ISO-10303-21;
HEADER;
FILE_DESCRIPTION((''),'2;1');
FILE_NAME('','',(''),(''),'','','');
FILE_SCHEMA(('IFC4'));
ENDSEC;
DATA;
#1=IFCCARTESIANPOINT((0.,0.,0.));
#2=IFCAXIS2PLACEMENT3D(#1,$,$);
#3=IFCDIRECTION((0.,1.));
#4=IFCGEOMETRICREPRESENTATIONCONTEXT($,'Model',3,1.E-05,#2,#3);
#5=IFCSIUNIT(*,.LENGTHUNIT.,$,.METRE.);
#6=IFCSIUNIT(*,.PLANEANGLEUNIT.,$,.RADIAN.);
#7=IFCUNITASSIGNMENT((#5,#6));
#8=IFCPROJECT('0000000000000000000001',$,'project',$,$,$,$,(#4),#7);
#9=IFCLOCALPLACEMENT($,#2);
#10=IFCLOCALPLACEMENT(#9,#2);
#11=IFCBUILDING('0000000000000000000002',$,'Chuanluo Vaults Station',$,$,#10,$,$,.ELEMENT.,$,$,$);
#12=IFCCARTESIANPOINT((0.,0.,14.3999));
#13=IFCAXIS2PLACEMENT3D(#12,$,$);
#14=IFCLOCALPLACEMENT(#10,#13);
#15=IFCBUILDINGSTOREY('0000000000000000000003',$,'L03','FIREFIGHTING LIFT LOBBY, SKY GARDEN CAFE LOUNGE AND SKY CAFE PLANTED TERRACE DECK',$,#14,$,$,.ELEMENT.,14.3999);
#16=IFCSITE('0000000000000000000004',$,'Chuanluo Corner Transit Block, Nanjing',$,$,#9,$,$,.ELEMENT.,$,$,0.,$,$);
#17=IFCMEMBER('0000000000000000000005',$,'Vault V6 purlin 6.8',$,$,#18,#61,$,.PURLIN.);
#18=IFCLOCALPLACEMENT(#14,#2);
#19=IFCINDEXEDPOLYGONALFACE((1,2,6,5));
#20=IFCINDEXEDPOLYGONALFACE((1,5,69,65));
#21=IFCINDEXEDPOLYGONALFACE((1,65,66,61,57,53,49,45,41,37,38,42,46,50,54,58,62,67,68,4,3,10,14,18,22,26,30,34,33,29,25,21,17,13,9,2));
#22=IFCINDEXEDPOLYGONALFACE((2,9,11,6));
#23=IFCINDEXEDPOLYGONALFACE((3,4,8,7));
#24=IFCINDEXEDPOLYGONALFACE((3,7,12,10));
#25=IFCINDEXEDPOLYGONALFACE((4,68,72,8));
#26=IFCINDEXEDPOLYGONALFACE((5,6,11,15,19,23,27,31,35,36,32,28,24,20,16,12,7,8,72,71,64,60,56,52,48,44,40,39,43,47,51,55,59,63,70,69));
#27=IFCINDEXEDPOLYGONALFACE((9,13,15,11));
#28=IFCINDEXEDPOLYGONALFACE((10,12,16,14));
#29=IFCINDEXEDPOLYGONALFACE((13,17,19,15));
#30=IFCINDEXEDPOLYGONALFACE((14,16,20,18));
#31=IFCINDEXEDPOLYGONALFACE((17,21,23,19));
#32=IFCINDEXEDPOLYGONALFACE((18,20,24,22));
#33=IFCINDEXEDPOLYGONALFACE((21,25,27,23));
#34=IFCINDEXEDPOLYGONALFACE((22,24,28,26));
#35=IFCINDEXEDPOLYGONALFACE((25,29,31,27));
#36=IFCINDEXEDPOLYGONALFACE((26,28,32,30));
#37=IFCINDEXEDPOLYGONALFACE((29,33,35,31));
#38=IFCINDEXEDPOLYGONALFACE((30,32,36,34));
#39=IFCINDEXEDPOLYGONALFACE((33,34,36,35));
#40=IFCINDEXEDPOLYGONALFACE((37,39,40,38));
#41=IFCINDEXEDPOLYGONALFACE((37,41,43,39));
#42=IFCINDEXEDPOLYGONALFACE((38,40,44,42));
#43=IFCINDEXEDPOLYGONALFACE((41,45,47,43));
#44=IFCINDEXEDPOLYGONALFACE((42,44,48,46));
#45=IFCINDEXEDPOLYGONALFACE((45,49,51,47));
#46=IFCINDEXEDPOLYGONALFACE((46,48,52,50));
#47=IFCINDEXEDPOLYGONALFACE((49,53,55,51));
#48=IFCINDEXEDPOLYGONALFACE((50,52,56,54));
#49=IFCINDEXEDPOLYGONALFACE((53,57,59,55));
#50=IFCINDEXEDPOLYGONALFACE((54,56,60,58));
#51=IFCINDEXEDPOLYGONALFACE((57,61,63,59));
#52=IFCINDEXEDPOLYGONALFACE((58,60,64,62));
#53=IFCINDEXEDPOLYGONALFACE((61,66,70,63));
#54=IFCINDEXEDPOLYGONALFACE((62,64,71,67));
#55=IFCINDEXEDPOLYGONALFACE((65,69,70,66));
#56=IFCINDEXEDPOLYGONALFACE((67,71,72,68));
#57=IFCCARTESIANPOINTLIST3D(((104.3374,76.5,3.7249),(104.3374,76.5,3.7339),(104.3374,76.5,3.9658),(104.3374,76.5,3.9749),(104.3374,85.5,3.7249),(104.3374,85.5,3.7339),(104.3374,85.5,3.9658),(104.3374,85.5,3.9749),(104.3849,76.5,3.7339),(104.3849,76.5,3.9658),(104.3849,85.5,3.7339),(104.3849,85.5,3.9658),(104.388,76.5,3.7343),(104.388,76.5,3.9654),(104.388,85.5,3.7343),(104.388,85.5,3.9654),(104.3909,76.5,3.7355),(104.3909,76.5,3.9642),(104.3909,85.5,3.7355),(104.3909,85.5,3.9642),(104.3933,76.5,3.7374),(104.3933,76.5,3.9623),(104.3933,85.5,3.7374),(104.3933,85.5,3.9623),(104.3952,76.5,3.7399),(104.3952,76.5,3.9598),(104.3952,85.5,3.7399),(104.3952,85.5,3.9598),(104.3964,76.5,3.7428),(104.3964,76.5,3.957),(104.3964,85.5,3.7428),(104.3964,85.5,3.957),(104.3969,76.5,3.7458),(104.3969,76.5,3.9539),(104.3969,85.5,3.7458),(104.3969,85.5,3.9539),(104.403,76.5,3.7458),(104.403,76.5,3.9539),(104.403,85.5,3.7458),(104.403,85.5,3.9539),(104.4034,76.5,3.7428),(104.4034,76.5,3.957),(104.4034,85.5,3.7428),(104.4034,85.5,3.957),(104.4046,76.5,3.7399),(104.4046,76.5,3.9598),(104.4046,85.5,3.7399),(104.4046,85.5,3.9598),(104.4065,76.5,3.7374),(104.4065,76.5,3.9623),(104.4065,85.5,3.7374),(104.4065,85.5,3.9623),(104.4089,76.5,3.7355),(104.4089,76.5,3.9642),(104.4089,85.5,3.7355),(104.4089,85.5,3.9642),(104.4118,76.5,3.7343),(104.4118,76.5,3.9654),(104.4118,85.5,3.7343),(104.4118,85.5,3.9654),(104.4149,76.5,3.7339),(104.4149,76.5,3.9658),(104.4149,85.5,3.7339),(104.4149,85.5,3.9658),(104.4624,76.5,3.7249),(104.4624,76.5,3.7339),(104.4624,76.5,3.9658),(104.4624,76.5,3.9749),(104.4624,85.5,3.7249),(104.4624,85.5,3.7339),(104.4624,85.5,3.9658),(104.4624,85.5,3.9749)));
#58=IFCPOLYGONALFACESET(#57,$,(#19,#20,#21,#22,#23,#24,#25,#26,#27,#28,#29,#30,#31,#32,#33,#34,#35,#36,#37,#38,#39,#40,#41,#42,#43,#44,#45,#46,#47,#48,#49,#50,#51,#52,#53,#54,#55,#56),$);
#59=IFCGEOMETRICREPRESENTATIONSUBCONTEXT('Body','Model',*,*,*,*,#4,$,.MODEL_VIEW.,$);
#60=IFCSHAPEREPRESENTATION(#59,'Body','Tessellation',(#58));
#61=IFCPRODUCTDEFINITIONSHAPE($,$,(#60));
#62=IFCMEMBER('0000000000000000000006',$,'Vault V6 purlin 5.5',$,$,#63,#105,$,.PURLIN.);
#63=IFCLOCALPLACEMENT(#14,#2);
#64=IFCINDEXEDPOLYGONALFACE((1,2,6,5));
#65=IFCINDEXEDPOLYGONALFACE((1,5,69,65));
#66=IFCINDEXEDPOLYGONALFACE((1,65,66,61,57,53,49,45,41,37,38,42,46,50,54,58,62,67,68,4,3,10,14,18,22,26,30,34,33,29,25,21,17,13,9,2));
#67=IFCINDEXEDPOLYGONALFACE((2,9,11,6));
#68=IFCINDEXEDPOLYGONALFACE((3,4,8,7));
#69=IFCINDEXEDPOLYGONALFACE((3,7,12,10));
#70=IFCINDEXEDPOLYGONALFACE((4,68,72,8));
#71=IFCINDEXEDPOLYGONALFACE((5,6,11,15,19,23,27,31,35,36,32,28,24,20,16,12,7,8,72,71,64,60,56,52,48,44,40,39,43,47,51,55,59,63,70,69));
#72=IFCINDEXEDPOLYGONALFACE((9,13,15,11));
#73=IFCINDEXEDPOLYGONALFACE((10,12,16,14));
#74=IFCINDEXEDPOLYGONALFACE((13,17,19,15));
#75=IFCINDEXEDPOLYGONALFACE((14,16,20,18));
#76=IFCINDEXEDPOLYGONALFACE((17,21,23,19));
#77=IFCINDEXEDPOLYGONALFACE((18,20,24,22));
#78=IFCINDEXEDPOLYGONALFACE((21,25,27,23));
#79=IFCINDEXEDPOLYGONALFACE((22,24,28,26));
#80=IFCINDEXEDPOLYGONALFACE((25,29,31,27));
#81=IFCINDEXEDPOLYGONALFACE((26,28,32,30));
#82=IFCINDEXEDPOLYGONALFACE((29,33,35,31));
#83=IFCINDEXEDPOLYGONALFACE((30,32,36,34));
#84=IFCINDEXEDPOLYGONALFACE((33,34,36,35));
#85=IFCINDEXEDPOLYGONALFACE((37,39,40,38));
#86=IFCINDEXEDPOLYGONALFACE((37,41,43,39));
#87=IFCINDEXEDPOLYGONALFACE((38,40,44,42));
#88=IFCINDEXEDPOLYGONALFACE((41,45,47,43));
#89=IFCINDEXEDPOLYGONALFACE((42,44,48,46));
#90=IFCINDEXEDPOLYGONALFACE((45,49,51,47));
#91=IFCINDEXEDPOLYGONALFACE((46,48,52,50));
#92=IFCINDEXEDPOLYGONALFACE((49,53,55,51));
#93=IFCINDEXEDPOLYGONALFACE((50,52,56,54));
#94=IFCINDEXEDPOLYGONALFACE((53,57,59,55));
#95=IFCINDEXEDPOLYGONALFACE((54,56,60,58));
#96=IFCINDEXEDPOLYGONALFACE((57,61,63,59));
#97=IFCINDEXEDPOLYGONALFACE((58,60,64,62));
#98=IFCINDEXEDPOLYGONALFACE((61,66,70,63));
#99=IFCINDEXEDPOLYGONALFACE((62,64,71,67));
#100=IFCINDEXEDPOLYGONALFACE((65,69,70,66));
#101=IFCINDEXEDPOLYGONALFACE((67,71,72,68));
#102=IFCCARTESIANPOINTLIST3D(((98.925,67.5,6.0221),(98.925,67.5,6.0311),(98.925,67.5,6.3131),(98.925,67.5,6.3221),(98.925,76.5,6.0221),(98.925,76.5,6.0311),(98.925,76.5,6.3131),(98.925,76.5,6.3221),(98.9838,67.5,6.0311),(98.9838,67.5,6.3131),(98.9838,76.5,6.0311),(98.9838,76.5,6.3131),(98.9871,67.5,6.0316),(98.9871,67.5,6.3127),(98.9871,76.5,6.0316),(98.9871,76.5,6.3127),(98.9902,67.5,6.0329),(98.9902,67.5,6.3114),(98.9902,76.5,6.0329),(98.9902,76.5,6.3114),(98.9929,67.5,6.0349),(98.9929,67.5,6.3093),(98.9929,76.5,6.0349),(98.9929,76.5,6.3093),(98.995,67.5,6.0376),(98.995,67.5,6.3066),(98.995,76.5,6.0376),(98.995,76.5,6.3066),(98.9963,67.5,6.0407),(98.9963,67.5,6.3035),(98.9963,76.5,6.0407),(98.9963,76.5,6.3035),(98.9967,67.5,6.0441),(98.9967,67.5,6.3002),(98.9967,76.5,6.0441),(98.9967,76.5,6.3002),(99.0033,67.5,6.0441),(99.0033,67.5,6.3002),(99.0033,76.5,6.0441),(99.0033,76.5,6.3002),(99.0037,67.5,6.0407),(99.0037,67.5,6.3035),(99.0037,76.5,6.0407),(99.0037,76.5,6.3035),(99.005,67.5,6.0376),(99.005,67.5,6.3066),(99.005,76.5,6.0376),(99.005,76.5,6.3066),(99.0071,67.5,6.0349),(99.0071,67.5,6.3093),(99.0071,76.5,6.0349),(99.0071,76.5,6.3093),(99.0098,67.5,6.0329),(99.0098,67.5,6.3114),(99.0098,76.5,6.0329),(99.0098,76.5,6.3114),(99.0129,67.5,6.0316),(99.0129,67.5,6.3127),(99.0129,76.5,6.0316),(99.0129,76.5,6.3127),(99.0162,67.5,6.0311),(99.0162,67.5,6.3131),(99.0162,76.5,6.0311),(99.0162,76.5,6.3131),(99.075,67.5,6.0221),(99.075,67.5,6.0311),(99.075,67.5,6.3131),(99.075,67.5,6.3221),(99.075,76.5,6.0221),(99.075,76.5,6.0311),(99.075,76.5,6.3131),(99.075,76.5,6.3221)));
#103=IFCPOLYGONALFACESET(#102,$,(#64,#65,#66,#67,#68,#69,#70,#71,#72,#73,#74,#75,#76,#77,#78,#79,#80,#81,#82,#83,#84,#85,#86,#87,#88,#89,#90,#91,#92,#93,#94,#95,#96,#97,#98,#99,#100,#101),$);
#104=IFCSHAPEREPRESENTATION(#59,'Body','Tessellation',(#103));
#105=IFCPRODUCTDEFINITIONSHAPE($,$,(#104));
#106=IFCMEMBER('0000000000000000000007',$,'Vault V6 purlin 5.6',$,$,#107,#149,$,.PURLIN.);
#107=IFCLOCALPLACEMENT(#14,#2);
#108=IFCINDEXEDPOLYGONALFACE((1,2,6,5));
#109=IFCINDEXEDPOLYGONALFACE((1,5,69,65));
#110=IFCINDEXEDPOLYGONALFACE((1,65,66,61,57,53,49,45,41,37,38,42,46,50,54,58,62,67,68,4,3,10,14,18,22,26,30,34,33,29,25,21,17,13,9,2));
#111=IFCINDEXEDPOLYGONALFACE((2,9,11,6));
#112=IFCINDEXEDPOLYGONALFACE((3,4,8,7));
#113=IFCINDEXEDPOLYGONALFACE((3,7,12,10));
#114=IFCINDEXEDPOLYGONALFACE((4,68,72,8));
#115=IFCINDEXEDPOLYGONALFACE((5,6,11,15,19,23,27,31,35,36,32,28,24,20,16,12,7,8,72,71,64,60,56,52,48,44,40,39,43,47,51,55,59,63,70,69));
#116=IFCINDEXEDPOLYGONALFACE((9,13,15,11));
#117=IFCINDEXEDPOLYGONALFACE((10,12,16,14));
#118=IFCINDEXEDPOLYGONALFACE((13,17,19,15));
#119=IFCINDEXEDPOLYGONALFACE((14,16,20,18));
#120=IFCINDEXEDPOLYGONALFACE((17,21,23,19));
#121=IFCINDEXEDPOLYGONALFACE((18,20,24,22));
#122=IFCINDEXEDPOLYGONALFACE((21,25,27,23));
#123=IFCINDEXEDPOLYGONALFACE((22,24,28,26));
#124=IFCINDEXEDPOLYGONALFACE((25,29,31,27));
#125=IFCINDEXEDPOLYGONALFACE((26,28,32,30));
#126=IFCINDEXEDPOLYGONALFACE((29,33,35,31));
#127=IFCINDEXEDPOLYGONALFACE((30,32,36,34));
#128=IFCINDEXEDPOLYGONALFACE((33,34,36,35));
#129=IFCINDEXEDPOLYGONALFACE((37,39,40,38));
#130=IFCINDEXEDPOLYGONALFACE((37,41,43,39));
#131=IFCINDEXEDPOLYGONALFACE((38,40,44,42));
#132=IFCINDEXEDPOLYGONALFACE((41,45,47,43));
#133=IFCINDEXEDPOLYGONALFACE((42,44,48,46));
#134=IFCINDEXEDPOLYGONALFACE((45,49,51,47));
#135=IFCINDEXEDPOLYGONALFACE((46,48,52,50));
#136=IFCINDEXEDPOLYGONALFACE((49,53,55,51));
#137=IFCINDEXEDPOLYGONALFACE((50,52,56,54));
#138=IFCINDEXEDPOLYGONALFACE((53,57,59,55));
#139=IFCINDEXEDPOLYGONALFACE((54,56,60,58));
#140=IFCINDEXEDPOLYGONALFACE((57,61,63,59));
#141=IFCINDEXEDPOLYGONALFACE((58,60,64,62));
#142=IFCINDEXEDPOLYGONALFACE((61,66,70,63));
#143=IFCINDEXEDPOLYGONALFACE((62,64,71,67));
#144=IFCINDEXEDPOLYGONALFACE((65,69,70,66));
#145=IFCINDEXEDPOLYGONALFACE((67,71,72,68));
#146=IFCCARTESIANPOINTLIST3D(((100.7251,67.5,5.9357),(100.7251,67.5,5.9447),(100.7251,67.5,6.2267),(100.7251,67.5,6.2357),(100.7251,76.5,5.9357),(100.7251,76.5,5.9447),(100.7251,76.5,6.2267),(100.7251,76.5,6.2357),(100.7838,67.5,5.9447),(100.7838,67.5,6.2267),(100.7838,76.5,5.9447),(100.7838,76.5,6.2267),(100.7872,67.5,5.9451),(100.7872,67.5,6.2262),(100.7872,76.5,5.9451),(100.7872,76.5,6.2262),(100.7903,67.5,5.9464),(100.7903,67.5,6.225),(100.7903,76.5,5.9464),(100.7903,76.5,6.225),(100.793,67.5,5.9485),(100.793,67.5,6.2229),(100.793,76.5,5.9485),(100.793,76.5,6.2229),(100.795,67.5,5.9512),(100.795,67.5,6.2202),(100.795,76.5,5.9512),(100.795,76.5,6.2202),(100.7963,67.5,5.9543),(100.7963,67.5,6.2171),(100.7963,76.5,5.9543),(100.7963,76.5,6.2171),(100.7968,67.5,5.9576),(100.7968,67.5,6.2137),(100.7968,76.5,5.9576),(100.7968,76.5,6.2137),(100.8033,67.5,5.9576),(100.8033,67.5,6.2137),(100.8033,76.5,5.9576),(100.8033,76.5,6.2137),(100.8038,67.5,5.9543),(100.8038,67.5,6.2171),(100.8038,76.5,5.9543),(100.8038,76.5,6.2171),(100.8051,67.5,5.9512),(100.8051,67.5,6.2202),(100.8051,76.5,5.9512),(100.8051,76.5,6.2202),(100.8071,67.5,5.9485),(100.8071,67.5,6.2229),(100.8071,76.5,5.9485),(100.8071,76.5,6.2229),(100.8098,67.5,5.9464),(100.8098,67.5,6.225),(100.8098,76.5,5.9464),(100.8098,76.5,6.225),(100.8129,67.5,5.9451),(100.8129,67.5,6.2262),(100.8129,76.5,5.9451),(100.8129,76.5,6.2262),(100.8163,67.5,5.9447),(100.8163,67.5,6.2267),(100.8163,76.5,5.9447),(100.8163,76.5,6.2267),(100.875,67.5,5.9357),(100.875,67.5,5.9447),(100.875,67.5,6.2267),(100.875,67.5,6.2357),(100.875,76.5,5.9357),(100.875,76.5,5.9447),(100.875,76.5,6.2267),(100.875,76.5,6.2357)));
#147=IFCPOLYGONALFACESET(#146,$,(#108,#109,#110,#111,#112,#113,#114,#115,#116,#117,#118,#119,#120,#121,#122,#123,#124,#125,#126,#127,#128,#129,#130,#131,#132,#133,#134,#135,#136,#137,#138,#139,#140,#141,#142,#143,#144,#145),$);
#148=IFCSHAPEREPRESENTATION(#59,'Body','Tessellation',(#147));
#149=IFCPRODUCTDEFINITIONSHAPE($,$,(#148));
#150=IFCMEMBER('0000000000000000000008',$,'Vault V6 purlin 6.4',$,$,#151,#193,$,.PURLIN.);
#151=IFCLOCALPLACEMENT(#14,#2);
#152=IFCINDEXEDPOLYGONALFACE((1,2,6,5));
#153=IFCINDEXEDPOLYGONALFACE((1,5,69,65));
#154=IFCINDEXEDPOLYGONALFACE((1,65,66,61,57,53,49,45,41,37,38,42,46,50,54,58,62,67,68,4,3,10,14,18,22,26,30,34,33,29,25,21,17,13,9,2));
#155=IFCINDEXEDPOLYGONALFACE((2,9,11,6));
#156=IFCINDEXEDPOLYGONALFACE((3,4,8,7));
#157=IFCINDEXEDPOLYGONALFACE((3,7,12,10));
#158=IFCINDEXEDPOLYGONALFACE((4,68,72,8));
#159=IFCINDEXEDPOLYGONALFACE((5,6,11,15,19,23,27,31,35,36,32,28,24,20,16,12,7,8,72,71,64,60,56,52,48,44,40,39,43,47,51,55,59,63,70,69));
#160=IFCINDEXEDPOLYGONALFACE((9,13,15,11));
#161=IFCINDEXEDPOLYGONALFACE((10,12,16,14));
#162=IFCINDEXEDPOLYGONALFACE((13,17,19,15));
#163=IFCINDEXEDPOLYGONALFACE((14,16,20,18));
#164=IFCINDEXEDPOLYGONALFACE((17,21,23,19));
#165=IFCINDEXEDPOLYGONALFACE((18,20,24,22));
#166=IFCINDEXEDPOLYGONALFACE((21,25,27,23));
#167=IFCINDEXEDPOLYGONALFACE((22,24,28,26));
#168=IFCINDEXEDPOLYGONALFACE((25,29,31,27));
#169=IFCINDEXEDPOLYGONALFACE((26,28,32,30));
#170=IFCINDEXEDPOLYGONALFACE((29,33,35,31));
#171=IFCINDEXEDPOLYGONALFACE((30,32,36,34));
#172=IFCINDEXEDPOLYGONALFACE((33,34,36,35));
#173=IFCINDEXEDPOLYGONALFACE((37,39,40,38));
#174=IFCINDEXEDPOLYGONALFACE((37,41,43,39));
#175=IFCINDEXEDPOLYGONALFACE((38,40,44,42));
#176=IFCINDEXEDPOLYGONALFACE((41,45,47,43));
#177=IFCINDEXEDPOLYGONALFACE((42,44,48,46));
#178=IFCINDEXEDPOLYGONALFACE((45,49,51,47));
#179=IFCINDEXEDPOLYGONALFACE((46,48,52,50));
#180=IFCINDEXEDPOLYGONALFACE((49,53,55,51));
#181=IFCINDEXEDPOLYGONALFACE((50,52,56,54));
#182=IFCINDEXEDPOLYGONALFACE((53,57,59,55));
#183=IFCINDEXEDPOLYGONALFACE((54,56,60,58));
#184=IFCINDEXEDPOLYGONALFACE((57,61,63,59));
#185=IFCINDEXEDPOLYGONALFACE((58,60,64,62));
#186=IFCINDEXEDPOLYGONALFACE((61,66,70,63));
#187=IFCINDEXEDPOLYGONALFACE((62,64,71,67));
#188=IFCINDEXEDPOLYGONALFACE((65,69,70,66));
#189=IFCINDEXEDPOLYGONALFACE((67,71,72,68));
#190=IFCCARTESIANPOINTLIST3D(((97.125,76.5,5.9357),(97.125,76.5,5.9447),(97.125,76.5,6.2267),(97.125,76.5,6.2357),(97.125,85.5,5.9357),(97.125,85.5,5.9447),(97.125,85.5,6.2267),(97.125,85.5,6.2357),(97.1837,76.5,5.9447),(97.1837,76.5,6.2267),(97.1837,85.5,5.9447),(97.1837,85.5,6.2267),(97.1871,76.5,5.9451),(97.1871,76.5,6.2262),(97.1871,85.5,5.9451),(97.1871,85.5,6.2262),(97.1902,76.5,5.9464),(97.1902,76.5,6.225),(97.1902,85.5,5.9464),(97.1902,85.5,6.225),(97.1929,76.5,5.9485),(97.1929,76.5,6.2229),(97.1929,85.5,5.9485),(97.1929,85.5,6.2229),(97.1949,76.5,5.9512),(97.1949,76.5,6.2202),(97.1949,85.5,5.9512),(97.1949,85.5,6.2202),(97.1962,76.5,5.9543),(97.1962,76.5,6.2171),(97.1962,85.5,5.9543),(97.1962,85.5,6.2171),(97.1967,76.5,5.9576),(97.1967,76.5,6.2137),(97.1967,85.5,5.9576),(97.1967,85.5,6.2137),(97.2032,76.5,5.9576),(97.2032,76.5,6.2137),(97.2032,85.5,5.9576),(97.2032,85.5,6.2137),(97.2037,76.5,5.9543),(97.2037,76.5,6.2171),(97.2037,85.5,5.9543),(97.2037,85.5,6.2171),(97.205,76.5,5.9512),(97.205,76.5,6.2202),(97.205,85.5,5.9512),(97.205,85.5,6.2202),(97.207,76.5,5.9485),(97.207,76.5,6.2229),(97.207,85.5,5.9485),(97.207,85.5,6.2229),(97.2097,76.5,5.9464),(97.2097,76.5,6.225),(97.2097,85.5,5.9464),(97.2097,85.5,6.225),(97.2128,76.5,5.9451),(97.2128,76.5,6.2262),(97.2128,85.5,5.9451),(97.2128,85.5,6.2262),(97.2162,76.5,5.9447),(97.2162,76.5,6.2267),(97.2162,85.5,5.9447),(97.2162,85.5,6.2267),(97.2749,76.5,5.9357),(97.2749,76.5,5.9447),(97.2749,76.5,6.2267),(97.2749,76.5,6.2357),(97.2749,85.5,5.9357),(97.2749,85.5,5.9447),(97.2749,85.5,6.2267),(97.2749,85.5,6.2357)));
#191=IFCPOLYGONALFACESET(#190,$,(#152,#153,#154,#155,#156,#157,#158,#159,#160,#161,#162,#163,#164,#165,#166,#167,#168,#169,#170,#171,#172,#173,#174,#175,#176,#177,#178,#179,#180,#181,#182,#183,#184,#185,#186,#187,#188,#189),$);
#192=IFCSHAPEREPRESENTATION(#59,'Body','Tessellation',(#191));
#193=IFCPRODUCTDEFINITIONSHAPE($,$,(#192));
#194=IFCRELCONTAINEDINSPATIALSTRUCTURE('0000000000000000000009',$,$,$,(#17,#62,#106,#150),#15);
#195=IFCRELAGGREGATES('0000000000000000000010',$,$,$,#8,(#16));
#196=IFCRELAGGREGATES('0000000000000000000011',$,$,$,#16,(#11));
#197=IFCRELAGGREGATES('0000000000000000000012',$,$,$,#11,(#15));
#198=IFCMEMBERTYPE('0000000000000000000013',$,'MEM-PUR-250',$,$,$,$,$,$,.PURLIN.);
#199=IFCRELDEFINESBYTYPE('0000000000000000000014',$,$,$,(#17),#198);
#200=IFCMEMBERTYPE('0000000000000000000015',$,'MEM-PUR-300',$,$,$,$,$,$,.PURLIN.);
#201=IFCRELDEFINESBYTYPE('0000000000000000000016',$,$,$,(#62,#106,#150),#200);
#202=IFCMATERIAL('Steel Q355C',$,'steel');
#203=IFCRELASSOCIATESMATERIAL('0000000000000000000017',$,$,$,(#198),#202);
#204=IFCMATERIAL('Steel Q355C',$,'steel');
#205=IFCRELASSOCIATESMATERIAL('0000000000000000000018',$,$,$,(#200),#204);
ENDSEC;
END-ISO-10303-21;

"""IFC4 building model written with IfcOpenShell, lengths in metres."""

from ifc_helpers import new_model, si_unit, direction, frame, origin, origin_2d, place, context, subcontext, project, spatial, i_section, extrude, material, material_profile, profile_set, type_object, element, save


model = new_model("IFC4")

# Units and contexts
model_context = context("Model", 3, precision=1e-05, world=origin(), true_north=direction((0.0, 1.0)))
body_context = subcontext(model_context, "Body", "Model", "MODEL_VIEW")
ifc_project = project(units=[si_unit("LENGTHUNIT", "METRE"), si_unit("PLANEANGLEUNIT", "RADIAN")], contexts=[model_context])

# Site, building, storey
site_placement = place(None, origin())
site = spatial("IfcSite", under=ifc_project, at=site_placement, Name="Chuanluo Corner Transit Block, Nanjing", CompositionType="ELEMENT", RefElevation=0.0)
building_placement = place(site_placement, origin())
building = spatial("IfcBuilding", under=site, at=building_placement, Name="Chuanluo Vaults Station", CompositionType="ELEMENT")
storey_placement = place(building_placement, frame((0.0, 0.0, 14.3999)))
storey = spatial("IfcBuildingStorey", under=building, at=storey_placement, Name="L03", Description="FIREFIGHTING LIFT LOBBY, SKY GARDEN CAFE LOUNGE AND SKY CAFE PLANTED TERRACE DECK", CompositionType="ELEMENT", Elevation=14.3999)

# Members
ifc_material_1 = material(Name="Steel Q355C", Category="steel")
ifc_material_profile_1 = material_profile(ifc_material_1, i_section(OverallWidth=0.125, OverallDepth=0.25, WebThickness=0.0061, FlangeThickness=0.009, FilletRadius=0.012, at=origin_2d()))
ifc_profile_set_1 = profile_set([ifc_material_profile_1], Name="Steel Q355C")
member_type_1 = type_object("IfcMemberType", Name="MEM-PUR-250", PredefinedType="PURLIN", material=ifc_profile_set_1)
for number, where, z_axis, x_axis, name in (
    (1, (104.3999, 76.5, 3.8499), (0.0, 1.0, 0.0), (-1.0, 0.0, 0.0), "Vault V6 purlin 6.8"),
):
    element("IfcMember", number, at=place(storey_placement, frame(where, z_axis=z_axis, x_axis=x_axis)), inside=storey, type_object=member_type_1, Name=name, PredefinedType="PURLIN", context=body_context, shape_type="SweptSolid", body=[
        extrude(i_section(OverallWidth=0.125, OverallDepth=0.25, WebThickness=0.0061, FlangeThickness=0.009, FilletRadius=0.012, at=origin_2d()), origin(), (0.0, 0.0, 1.0), 9.0),
    ])
ifc_material_2 = material(Name="Steel Q355C", Category="steel")
ifc_material_profile_2 = material_profile(ifc_material_2, i_section(OverallWidth=0.1499, OverallDepth=0.3, WebThickness=0.0066, FlangeThickness=0.009, FilletRadius=0.0129, at=origin_2d()))
ifc_profile_set_2 = profile_set([ifc_material_profile_2], Name="Steel Q355C")
member_type_2 = type_object("IfcMemberType", Name="MEM-PUR-300", PredefinedType="PURLIN", material=ifc_profile_set_2)
for number, where, z_axis, x_axis, name in (
    (2, (99.0, 67.5, 6.1721), (0.0, 1.0, 0.0), (-1.0, 0.0, 0.0), "Vault V6 purlin 5.5"),
    (3, (100.8, 67.5, 6.0857), (0.0, 1.0, 0.0), (-1.0, 0.0, 0.0), "Vault V6 purlin 5.6"),
    (4, (97.2, 76.5, 6.0857), (0.0, 1.0, 0.0), (-1.0, 0.0, 0.0), "Vault V6 purlin 6.4"),
):
    element("IfcMember", number, at=place(storey_placement, frame(where, z_axis=z_axis, x_axis=x_axis)), inside=storey, type_object=member_type_2, Name=name, PredefinedType="PURLIN", context=body_context, shape_type="SweptSolid", body=[
        extrude(i_section(OverallWidth=0.1499, OverallDepth=0.3, WebThickness=0.0066, FlangeThickness=0.009, FilletRadius=0.0129, at=origin_2d()), origin(), (0.0, 0.0, 1.0), 9.0),
    ])

save(model, "model.ifc")
